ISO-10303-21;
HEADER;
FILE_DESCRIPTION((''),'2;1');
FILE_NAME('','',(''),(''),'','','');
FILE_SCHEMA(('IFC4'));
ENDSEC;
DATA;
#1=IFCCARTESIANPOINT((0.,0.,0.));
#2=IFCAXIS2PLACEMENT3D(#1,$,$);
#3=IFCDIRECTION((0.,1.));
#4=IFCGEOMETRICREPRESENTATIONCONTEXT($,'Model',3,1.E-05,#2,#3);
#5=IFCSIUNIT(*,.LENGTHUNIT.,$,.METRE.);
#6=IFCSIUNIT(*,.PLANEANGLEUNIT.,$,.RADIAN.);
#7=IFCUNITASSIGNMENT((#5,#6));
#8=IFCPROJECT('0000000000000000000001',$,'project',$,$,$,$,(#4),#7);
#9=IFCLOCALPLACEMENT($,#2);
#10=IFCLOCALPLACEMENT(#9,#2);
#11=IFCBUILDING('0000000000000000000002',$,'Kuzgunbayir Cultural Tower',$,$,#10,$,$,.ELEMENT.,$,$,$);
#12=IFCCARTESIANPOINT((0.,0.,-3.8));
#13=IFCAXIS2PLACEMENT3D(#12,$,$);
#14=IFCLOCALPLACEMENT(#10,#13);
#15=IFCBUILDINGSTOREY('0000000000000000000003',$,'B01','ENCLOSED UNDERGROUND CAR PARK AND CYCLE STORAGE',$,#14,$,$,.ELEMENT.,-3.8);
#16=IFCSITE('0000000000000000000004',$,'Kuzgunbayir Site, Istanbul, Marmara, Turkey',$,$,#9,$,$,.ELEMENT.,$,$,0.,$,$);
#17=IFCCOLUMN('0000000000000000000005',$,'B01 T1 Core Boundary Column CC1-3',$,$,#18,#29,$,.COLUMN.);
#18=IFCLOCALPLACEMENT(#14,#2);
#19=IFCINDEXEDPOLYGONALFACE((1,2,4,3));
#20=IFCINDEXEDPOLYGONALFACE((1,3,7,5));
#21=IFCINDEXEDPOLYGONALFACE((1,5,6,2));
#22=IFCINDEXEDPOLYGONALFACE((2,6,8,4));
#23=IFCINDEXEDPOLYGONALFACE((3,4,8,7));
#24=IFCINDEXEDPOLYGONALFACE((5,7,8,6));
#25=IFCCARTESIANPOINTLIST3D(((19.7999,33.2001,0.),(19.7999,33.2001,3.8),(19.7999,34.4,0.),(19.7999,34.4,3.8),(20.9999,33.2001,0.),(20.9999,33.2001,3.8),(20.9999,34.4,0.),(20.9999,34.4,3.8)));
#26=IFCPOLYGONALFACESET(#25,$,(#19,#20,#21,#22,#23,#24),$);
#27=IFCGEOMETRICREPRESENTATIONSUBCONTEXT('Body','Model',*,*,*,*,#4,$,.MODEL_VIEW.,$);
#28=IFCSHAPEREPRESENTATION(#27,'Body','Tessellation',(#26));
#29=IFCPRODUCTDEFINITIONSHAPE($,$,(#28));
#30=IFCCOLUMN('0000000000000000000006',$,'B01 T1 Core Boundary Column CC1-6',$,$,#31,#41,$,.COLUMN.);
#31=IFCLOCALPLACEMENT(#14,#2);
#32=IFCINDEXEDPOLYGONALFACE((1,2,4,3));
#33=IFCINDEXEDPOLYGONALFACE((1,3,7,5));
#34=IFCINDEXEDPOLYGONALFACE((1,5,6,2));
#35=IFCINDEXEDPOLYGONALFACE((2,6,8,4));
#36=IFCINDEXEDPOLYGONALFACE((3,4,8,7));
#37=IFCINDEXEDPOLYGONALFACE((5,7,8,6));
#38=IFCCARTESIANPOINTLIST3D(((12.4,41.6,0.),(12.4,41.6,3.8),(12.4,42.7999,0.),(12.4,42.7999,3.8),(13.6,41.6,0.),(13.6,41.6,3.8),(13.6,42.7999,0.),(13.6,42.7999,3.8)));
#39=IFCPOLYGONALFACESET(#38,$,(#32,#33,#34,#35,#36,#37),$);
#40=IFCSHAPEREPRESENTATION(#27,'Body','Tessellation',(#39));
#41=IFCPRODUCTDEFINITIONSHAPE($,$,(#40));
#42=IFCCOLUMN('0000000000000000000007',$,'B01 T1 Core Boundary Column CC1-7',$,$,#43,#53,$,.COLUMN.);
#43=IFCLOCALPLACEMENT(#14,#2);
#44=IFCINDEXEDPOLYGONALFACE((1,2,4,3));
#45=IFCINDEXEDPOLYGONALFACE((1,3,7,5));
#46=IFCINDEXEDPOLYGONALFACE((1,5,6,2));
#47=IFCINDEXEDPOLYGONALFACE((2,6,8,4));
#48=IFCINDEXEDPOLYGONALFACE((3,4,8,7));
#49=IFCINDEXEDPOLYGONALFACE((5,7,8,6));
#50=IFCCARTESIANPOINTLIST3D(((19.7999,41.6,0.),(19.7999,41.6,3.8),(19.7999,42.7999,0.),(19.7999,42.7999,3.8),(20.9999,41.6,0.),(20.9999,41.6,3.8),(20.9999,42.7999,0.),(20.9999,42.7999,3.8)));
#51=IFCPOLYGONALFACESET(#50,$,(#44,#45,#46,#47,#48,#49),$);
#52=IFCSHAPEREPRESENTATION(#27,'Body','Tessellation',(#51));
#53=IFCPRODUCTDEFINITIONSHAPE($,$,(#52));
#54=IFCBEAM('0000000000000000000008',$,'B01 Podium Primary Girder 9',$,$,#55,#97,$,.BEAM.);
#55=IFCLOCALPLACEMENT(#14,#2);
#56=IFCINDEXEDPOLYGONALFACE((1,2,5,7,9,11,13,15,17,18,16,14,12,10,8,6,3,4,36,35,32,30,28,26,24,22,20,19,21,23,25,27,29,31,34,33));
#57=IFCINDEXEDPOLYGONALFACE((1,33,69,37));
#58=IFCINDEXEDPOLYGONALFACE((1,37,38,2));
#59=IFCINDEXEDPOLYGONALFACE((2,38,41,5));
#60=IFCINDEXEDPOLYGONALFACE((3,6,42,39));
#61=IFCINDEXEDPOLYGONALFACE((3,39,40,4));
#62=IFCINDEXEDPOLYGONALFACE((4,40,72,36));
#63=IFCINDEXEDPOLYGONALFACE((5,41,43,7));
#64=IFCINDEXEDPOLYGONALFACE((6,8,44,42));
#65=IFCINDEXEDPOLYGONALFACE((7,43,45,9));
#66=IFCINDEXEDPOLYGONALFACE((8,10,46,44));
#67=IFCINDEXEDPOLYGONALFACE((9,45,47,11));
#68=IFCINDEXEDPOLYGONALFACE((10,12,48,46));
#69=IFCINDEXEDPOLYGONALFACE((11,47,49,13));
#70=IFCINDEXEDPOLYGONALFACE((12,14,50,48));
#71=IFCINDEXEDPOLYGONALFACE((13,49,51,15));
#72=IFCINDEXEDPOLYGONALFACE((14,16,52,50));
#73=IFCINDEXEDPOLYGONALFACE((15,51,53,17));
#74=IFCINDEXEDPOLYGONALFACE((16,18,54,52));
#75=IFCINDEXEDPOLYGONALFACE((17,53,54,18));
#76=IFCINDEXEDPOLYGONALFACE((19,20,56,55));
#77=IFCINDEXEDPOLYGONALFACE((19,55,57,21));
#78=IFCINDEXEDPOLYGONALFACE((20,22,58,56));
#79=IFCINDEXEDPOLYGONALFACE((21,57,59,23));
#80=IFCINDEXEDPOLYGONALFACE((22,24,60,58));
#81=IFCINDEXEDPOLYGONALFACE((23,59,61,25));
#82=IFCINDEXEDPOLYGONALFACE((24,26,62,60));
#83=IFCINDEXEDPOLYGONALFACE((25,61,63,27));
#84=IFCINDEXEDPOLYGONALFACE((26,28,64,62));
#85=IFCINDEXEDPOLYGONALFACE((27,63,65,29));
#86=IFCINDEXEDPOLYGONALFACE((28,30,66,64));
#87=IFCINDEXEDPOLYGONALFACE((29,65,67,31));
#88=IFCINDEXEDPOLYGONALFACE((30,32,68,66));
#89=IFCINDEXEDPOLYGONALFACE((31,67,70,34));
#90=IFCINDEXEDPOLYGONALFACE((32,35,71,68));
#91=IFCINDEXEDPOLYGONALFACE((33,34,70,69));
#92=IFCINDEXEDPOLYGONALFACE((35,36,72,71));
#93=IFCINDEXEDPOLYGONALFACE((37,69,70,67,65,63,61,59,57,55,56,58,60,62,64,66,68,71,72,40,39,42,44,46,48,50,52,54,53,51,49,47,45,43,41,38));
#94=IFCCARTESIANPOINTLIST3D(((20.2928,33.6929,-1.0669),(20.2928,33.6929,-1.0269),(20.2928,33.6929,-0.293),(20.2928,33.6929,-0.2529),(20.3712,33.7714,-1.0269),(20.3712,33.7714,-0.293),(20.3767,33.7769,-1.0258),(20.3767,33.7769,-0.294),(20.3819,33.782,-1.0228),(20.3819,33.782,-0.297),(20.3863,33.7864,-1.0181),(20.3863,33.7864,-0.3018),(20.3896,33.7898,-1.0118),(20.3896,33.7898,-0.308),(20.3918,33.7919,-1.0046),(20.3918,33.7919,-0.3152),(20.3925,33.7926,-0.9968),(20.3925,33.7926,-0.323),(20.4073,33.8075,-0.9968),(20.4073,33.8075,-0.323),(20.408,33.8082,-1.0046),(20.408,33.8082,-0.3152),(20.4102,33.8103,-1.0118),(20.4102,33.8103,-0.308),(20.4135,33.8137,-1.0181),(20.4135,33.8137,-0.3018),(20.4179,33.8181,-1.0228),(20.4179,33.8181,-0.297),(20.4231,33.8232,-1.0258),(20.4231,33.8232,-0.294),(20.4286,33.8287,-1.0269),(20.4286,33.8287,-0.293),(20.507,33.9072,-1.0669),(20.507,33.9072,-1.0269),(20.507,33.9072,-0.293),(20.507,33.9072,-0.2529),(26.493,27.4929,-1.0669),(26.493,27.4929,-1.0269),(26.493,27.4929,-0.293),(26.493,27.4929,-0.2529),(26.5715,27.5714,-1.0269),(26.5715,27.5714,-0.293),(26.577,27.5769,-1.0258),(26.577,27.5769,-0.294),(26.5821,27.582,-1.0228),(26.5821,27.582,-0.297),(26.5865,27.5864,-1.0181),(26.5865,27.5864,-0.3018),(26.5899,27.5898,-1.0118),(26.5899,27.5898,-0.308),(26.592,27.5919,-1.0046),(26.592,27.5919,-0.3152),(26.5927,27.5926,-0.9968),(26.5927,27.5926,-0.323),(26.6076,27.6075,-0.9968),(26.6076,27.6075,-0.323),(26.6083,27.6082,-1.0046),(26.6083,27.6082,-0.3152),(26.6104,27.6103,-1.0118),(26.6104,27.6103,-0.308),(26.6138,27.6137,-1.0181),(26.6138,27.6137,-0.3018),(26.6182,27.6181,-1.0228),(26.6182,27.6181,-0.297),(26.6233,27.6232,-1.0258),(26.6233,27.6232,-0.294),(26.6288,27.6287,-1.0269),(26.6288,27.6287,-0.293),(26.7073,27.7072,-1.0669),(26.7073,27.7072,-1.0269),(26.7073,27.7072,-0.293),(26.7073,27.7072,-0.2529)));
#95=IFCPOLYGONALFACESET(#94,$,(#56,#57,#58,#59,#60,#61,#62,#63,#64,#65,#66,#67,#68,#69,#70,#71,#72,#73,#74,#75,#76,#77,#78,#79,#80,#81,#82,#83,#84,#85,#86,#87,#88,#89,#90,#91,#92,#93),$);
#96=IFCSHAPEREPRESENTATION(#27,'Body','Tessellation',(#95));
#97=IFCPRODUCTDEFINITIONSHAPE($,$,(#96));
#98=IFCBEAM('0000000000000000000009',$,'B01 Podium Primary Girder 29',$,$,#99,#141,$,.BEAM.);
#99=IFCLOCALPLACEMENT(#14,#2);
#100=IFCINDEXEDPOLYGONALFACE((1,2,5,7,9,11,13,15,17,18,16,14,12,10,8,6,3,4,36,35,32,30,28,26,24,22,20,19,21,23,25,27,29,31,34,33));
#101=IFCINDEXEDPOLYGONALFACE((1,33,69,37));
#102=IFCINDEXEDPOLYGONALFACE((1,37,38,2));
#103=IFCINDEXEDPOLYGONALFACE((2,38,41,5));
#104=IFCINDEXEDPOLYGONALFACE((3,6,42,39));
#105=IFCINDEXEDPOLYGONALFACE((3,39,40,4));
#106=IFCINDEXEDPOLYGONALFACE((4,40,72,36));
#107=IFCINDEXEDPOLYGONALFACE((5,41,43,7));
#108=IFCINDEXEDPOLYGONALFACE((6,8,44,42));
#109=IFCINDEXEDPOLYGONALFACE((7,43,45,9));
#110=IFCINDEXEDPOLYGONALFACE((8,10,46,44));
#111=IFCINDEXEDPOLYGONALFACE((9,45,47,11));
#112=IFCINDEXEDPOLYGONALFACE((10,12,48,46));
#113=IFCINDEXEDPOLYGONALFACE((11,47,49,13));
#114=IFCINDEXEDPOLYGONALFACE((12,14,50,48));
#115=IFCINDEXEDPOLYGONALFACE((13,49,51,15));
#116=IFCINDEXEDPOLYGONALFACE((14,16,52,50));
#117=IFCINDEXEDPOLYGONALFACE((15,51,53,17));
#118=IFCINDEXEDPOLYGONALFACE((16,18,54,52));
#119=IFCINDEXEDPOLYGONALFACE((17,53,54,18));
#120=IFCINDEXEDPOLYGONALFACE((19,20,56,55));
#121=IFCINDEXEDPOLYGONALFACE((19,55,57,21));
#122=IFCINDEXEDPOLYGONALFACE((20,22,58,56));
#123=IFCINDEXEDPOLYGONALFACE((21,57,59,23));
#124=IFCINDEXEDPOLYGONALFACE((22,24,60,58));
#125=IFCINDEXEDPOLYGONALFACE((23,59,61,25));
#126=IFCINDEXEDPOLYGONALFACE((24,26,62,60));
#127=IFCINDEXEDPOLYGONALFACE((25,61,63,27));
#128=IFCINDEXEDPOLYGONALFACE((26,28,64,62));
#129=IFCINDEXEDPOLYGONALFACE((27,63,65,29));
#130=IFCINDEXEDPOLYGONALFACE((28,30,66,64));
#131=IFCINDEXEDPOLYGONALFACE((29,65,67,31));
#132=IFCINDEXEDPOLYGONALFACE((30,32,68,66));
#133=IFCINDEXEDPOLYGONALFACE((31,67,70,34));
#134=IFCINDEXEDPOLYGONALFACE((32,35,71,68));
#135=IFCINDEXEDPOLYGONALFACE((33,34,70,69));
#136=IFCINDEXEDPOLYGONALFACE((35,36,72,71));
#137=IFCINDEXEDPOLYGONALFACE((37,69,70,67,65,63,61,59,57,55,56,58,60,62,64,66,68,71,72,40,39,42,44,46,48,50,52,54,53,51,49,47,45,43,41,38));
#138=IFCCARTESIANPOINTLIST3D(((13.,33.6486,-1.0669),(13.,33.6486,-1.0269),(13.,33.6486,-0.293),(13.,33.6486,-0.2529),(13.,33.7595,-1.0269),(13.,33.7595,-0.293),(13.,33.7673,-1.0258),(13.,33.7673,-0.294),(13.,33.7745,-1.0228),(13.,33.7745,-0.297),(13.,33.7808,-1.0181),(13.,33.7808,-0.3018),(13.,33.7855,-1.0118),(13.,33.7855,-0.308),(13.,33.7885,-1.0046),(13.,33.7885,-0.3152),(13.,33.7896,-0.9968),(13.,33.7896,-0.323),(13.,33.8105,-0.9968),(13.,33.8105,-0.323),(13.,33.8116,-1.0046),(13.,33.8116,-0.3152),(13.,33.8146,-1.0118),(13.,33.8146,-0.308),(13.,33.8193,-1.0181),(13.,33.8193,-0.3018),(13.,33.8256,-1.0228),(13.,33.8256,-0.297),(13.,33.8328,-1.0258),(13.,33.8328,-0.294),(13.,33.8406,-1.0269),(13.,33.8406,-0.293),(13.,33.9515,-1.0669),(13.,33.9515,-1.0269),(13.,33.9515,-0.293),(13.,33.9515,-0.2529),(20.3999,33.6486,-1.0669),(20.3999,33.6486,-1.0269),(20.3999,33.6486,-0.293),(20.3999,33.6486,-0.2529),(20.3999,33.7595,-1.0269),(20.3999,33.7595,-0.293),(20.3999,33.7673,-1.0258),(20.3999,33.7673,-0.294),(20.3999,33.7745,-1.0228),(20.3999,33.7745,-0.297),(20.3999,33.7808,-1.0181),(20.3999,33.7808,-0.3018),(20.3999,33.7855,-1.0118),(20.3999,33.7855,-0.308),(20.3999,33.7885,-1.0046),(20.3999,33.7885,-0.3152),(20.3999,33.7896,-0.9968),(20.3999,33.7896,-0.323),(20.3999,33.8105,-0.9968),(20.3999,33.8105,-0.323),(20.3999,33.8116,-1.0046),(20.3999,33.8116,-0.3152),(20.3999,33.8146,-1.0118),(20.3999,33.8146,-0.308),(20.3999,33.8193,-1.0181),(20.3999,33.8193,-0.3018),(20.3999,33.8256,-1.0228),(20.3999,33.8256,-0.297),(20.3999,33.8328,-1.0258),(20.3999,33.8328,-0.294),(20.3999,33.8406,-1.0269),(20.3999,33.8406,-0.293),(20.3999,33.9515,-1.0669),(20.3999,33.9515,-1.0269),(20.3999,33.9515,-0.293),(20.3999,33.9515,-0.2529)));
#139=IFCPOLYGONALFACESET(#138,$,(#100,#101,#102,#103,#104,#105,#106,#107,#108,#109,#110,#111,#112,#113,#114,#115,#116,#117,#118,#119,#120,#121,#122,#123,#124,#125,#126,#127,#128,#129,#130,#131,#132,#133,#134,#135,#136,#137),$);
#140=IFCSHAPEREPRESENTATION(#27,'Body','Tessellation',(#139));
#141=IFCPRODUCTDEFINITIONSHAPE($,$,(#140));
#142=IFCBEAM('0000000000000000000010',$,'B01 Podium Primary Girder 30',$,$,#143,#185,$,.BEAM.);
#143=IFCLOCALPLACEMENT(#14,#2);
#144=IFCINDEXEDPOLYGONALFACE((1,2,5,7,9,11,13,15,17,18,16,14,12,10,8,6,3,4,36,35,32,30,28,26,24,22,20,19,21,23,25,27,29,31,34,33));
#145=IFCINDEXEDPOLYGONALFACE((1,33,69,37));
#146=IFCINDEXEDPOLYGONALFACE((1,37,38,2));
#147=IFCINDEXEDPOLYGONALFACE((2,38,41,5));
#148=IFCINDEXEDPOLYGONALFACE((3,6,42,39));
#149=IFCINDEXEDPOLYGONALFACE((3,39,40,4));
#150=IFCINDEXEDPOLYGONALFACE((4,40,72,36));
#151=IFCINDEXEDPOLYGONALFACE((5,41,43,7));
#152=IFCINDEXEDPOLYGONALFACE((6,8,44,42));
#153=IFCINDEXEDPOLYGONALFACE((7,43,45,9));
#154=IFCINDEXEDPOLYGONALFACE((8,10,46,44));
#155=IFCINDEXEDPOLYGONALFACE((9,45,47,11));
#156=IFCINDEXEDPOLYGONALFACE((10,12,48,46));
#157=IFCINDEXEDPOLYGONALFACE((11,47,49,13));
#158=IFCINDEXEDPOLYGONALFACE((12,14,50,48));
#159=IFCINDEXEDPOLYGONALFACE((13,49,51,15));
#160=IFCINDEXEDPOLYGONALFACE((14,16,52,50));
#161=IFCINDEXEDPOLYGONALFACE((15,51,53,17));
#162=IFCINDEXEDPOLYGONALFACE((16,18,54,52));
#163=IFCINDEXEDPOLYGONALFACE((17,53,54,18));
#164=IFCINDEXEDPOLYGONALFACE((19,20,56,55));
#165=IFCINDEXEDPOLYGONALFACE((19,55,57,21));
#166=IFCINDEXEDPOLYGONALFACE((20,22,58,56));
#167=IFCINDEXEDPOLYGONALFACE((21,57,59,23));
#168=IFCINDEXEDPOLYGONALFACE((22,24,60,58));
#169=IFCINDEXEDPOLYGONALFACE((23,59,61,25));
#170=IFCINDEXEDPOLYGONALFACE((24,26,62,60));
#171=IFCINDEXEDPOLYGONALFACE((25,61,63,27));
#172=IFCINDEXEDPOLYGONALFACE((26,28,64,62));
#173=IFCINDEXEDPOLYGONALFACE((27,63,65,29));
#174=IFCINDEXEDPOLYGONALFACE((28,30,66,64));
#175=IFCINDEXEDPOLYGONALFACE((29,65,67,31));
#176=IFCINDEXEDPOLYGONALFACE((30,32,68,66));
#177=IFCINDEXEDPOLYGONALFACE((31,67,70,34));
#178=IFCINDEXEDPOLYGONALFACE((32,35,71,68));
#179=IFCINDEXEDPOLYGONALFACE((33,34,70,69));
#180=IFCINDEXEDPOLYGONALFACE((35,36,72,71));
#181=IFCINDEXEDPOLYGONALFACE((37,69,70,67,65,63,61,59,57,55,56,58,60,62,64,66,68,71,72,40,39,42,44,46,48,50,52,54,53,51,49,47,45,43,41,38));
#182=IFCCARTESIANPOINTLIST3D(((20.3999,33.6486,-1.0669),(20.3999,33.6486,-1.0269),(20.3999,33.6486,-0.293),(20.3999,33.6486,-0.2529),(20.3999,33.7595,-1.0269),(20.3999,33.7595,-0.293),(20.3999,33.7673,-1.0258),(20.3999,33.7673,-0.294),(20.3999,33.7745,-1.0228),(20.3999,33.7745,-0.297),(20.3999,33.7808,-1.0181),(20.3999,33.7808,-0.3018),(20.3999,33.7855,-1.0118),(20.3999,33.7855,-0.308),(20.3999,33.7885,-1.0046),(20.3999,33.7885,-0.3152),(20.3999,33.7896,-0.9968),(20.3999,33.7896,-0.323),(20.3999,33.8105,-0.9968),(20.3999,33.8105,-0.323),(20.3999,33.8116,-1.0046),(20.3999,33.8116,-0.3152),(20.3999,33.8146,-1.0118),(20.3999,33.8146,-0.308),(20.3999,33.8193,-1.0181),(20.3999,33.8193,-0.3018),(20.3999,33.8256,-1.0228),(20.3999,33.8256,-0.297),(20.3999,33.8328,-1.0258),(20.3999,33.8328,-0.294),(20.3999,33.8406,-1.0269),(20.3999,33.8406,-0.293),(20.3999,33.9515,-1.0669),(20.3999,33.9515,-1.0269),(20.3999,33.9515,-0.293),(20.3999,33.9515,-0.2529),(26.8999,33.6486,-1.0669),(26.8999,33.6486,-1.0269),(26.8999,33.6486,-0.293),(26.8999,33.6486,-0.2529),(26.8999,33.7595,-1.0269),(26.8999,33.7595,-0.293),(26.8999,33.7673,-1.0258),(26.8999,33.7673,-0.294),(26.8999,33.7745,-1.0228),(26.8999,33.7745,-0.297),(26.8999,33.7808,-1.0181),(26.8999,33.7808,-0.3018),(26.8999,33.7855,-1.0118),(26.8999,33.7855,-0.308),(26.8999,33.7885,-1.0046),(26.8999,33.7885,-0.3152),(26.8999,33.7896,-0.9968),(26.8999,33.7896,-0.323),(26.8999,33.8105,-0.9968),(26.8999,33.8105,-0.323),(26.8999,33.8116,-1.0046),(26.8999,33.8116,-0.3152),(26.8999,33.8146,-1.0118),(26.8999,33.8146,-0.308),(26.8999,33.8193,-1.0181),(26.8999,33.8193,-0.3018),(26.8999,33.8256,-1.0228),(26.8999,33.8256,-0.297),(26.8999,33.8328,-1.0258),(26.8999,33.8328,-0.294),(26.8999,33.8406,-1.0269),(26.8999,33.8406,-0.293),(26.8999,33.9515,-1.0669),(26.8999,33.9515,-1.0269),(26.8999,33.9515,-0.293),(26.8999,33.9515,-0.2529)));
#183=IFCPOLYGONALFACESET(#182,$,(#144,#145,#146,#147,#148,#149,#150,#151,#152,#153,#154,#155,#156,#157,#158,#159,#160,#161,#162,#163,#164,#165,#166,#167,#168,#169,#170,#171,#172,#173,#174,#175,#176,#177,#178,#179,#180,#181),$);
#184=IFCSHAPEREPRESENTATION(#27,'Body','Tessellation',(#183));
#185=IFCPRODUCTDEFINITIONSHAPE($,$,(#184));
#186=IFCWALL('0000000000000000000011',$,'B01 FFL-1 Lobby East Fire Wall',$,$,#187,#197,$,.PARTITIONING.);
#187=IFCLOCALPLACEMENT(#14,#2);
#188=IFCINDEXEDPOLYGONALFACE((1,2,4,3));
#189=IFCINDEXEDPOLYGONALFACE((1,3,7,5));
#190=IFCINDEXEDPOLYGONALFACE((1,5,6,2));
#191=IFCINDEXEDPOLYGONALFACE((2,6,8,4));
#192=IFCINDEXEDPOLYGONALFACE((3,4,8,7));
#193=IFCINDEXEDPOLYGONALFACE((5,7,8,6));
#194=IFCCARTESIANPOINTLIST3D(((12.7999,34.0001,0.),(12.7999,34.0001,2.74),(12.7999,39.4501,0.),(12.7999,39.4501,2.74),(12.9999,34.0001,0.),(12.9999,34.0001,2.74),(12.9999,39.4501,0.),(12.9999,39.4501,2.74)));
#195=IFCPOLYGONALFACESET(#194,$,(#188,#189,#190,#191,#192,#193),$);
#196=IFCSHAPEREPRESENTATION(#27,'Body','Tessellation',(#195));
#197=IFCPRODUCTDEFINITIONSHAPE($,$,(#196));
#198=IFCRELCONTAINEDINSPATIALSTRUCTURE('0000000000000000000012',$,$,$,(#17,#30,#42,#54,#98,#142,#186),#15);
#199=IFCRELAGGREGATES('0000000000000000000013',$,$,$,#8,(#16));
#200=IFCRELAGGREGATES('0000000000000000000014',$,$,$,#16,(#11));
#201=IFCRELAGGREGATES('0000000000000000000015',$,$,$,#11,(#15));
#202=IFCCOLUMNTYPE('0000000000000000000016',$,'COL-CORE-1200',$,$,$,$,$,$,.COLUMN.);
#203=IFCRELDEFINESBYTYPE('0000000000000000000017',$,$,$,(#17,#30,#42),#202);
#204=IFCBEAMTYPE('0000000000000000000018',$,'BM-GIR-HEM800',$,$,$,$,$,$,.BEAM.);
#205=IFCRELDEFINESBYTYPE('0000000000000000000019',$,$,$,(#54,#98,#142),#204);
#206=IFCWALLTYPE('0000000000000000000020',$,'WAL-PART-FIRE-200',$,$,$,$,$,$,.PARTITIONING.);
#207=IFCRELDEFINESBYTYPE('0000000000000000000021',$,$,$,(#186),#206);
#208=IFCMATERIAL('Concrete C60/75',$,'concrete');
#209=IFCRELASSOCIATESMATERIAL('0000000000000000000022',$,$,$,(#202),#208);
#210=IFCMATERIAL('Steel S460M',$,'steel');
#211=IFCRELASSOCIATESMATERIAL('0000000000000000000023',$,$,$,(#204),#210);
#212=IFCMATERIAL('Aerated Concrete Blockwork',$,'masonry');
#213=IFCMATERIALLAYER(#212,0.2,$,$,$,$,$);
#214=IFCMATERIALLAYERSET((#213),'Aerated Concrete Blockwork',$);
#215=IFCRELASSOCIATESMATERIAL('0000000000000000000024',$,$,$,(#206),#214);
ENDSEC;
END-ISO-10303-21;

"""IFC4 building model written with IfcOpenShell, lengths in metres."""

from ifc_helpers import new_model, si_unit, direction, frame, frame_2d, origin, origin_2d, place, context, subcontext, project, spatial, rectangle, i_section, extrude, material, layer, layer_set, material_profile, profile_set, type_object, element, save


model = new_model("IFC4")

# Units and contexts
model_context = context("Model", 3, precision=1e-05, world=origin(), true_north=direction((0.0, 1.0)))
body_context = subcontext(model_context, "Body", "Model", "MODEL_VIEW")
ifc_project = project(units=[si_unit("LENGTHUNIT", "METRE"), si_unit("PLANEANGLEUNIT", "RADIAN")], contexts=[model_context])

# Site, building, storey
site_placement = place(None, origin())
site = spatial("IfcSite", under=ifc_project, at=site_placement, Name="Kuzgunbayir Site, Istanbul, Marmara, Turkey", CompositionType="ELEMENT", RefElevation=0.0)
building_placement = place(site_placement, origin())
building = spatial("IfcBuilding", under=site, at=building_placement, Name="Kuzgunbayir Cultural Tower", CompositionType="ELEMENT")
storey_placement = place(building_placement, frame((0.0, 0.0, -3.8)))
storey = spatial("IfcBuildingStorey", under=building, at=storey_placement, Name="B01", Description="ENCLOSED UNDERGROUND CAR PARK AND CYCLE STORAGE", CompositionType="ELEMENT", Elevation=-3.8)

# Columns
ifc_material_1 = material(Name="Concrete C60/75", Category="concrete")
ifc_material_profile_1 = material_profile(ifc_material_1, rectangle(XDim=1.2, YDim=1.2, at=origin_2d()), Name="RC 1200x1200")
ifc_profile_set_1 = profile_set([ifc_material_profile_1], Name="Concrete C60/75")
column_type = type_object("IfcColumnType", Name="COL-CORE-1200", PredefinedType="COLUMN", material=ifc_profile_set_1)
for number, where, z_axis, x_axis, name in (
    (1, (20.3999, 33.8, 0.0), (0.0, 0.0, 1.0), (1.0, 0.0, 0.0), "B01 T1 Core Boundary Column CC1-3"),
    (2, (13.0, 42.2, 0.0), (0.0, 0.0, 1.0), (1.0, 0.0, 0.0), "B01 T1 Core Boundary Column CC1-6"),
    (3, (20.3999, 42.2, 0.0), (0.0, 0.0, 1.0), (1.0, 0.0, 0.0), "B01 T1 Core Boundary Column CC1-7"),
):
    element("IfcColumn", number, at=place(storey_placement, frame(where, z_axis=z_axis, x_axis=x_axis)), inside=storey, type_object=column_type, Name=name, PredefinedType="COLUMN", context=body_context, shape_type="SweptSolid", body=[
        extrude(rectangle(XDim=1.2, YDim=1.2, at=origin_2d()), origin(), (0.0, 0.0, 1.0), 3.8),
    ])

# Beams
ifc_material_2 = material(Name="Steel S460M", Category="steel")
ifc_material_profile_2 = material_profile(ifc_material_2, i_section(OverallWidth=0.303, OverallDepth=0.814, WebThickness=0.021, FlangeThickness=0.04, FilletRadius=0.03, at=origin_2d()), Name="HEM 800")
ifc_profile_set_2 = profile_set([ifc_material_profile_2], Name="Steel S460M")
beam_type = type_object("IfcBeamType", Name="BM-GIR-HEM800", PredefinedType="BEAM", material=ifc_profile_set_2)
beam_1_placement = place(storey_placement, frame((20.3999, 33.8, -0.6599), z_axis=(0.707121, -0.707093, 0.0), x_axis=(0.707093, 0.707121, 0.0)))
element("IfcBeam", 4, at=beam_1_placement, inside=storey, type_object=beam_type, Name="B01 Podium Primary Girder 9", PredefinedType="BEAM", context=body_context, shape_type="SweptSolid", body=[
    extrude(i_section(OverallWidth=0.303, OverallDepth=0.814, WebThickness=0.021, FlangeThickness=0.04, FilletRadius=0.03, at=origin_2d()), origin(), (0.0, 0.0, 1.0), 8.7683),
])
beam_2_placement = place(storey_placement, frame((13.0, 33.8, -0.6599), z_axis=(1.0, 0.0, 0.0), x_axis=(0.0, 1.0, 0.0)))
element("IfcBeam", 5, at=beam_2_placement, inside=storey, type_object=beam_type, Name="B01 Podium Primary Girder 29", PredefinedType="BEAM", context=body_context, shape_type="SweptSolid", body=[
    extrude(i_section(OverallWidth=0.303, OverallDepth=0.814, WebThickness=0.021, FlangeThickness=0.04, FilletRadius=0.03, at=origin_2d()), origin(), (0.0, 0.0, 1.0), 7.3999),
])
beam_3_placement = place(storey_placement, frame((20.3999, 33.8, -0.6599), z_axis=(1.0, 0.0, 0.0), x_axis=(0.0, 1.0, 0.0)))
element("IfcBeam", 6, at=beam_3_placement, inside=storey, type_object=beam_type, Name="B01 Podium Primary Girder 30", PredefinedType="BEAM", context=body_context, shape_type="SweptSolid", body=[
    extrude(i_section(OverallWidth=0.303, OverallDepth=0.814, WebThickness=0.021, FlangeThickness=0.04, FilletRadius=0.03, at=origin_2d()), origin(), (0.0, 0.0, 1.0), 6.5),
])

# Wall
ifc_material_3 = material(Name="Aerated Concrete Blockwork", Category="masonry")
ifc_layer_1 = layer(ifc_material_3, 0.2)
ifc_layer_set_1 = layer_set([ifc_layer_1], Name="Aerated Concrete Blockwork")
wall_type_1 = type_object("IfcWallType", Name="WAL-PART-FIRE-200", PredefinedType="PARTITIONING", material=ifc_layer_set_1)
for number, where, z_axis, x_axis, name in (
    (7, (12.8999, 34.0, 0.0), (0.0, 0.0, 1.0), (0.0, 1.0, 0.0), "B01 FFL-1 Lobby East Fire Wall"),
):
    element("IfcWall", number, at=place(storey_placement, frame(where, z_axis=z_axis, x_axis=x_axis)), inside=storey, type_object=wall_type_1, Name=name, PredefinedType="PARTITIONING", context=body_context, shape_type="SweptSolid", body=[
        extrude(rectangle(XDim=5.45, YDim=0.2, at=frame_2d((2.7251, 0.0))), origin(), (0.0, 0.0, 1.0), 2.74),
    ])

save(model, "model.ifc")
